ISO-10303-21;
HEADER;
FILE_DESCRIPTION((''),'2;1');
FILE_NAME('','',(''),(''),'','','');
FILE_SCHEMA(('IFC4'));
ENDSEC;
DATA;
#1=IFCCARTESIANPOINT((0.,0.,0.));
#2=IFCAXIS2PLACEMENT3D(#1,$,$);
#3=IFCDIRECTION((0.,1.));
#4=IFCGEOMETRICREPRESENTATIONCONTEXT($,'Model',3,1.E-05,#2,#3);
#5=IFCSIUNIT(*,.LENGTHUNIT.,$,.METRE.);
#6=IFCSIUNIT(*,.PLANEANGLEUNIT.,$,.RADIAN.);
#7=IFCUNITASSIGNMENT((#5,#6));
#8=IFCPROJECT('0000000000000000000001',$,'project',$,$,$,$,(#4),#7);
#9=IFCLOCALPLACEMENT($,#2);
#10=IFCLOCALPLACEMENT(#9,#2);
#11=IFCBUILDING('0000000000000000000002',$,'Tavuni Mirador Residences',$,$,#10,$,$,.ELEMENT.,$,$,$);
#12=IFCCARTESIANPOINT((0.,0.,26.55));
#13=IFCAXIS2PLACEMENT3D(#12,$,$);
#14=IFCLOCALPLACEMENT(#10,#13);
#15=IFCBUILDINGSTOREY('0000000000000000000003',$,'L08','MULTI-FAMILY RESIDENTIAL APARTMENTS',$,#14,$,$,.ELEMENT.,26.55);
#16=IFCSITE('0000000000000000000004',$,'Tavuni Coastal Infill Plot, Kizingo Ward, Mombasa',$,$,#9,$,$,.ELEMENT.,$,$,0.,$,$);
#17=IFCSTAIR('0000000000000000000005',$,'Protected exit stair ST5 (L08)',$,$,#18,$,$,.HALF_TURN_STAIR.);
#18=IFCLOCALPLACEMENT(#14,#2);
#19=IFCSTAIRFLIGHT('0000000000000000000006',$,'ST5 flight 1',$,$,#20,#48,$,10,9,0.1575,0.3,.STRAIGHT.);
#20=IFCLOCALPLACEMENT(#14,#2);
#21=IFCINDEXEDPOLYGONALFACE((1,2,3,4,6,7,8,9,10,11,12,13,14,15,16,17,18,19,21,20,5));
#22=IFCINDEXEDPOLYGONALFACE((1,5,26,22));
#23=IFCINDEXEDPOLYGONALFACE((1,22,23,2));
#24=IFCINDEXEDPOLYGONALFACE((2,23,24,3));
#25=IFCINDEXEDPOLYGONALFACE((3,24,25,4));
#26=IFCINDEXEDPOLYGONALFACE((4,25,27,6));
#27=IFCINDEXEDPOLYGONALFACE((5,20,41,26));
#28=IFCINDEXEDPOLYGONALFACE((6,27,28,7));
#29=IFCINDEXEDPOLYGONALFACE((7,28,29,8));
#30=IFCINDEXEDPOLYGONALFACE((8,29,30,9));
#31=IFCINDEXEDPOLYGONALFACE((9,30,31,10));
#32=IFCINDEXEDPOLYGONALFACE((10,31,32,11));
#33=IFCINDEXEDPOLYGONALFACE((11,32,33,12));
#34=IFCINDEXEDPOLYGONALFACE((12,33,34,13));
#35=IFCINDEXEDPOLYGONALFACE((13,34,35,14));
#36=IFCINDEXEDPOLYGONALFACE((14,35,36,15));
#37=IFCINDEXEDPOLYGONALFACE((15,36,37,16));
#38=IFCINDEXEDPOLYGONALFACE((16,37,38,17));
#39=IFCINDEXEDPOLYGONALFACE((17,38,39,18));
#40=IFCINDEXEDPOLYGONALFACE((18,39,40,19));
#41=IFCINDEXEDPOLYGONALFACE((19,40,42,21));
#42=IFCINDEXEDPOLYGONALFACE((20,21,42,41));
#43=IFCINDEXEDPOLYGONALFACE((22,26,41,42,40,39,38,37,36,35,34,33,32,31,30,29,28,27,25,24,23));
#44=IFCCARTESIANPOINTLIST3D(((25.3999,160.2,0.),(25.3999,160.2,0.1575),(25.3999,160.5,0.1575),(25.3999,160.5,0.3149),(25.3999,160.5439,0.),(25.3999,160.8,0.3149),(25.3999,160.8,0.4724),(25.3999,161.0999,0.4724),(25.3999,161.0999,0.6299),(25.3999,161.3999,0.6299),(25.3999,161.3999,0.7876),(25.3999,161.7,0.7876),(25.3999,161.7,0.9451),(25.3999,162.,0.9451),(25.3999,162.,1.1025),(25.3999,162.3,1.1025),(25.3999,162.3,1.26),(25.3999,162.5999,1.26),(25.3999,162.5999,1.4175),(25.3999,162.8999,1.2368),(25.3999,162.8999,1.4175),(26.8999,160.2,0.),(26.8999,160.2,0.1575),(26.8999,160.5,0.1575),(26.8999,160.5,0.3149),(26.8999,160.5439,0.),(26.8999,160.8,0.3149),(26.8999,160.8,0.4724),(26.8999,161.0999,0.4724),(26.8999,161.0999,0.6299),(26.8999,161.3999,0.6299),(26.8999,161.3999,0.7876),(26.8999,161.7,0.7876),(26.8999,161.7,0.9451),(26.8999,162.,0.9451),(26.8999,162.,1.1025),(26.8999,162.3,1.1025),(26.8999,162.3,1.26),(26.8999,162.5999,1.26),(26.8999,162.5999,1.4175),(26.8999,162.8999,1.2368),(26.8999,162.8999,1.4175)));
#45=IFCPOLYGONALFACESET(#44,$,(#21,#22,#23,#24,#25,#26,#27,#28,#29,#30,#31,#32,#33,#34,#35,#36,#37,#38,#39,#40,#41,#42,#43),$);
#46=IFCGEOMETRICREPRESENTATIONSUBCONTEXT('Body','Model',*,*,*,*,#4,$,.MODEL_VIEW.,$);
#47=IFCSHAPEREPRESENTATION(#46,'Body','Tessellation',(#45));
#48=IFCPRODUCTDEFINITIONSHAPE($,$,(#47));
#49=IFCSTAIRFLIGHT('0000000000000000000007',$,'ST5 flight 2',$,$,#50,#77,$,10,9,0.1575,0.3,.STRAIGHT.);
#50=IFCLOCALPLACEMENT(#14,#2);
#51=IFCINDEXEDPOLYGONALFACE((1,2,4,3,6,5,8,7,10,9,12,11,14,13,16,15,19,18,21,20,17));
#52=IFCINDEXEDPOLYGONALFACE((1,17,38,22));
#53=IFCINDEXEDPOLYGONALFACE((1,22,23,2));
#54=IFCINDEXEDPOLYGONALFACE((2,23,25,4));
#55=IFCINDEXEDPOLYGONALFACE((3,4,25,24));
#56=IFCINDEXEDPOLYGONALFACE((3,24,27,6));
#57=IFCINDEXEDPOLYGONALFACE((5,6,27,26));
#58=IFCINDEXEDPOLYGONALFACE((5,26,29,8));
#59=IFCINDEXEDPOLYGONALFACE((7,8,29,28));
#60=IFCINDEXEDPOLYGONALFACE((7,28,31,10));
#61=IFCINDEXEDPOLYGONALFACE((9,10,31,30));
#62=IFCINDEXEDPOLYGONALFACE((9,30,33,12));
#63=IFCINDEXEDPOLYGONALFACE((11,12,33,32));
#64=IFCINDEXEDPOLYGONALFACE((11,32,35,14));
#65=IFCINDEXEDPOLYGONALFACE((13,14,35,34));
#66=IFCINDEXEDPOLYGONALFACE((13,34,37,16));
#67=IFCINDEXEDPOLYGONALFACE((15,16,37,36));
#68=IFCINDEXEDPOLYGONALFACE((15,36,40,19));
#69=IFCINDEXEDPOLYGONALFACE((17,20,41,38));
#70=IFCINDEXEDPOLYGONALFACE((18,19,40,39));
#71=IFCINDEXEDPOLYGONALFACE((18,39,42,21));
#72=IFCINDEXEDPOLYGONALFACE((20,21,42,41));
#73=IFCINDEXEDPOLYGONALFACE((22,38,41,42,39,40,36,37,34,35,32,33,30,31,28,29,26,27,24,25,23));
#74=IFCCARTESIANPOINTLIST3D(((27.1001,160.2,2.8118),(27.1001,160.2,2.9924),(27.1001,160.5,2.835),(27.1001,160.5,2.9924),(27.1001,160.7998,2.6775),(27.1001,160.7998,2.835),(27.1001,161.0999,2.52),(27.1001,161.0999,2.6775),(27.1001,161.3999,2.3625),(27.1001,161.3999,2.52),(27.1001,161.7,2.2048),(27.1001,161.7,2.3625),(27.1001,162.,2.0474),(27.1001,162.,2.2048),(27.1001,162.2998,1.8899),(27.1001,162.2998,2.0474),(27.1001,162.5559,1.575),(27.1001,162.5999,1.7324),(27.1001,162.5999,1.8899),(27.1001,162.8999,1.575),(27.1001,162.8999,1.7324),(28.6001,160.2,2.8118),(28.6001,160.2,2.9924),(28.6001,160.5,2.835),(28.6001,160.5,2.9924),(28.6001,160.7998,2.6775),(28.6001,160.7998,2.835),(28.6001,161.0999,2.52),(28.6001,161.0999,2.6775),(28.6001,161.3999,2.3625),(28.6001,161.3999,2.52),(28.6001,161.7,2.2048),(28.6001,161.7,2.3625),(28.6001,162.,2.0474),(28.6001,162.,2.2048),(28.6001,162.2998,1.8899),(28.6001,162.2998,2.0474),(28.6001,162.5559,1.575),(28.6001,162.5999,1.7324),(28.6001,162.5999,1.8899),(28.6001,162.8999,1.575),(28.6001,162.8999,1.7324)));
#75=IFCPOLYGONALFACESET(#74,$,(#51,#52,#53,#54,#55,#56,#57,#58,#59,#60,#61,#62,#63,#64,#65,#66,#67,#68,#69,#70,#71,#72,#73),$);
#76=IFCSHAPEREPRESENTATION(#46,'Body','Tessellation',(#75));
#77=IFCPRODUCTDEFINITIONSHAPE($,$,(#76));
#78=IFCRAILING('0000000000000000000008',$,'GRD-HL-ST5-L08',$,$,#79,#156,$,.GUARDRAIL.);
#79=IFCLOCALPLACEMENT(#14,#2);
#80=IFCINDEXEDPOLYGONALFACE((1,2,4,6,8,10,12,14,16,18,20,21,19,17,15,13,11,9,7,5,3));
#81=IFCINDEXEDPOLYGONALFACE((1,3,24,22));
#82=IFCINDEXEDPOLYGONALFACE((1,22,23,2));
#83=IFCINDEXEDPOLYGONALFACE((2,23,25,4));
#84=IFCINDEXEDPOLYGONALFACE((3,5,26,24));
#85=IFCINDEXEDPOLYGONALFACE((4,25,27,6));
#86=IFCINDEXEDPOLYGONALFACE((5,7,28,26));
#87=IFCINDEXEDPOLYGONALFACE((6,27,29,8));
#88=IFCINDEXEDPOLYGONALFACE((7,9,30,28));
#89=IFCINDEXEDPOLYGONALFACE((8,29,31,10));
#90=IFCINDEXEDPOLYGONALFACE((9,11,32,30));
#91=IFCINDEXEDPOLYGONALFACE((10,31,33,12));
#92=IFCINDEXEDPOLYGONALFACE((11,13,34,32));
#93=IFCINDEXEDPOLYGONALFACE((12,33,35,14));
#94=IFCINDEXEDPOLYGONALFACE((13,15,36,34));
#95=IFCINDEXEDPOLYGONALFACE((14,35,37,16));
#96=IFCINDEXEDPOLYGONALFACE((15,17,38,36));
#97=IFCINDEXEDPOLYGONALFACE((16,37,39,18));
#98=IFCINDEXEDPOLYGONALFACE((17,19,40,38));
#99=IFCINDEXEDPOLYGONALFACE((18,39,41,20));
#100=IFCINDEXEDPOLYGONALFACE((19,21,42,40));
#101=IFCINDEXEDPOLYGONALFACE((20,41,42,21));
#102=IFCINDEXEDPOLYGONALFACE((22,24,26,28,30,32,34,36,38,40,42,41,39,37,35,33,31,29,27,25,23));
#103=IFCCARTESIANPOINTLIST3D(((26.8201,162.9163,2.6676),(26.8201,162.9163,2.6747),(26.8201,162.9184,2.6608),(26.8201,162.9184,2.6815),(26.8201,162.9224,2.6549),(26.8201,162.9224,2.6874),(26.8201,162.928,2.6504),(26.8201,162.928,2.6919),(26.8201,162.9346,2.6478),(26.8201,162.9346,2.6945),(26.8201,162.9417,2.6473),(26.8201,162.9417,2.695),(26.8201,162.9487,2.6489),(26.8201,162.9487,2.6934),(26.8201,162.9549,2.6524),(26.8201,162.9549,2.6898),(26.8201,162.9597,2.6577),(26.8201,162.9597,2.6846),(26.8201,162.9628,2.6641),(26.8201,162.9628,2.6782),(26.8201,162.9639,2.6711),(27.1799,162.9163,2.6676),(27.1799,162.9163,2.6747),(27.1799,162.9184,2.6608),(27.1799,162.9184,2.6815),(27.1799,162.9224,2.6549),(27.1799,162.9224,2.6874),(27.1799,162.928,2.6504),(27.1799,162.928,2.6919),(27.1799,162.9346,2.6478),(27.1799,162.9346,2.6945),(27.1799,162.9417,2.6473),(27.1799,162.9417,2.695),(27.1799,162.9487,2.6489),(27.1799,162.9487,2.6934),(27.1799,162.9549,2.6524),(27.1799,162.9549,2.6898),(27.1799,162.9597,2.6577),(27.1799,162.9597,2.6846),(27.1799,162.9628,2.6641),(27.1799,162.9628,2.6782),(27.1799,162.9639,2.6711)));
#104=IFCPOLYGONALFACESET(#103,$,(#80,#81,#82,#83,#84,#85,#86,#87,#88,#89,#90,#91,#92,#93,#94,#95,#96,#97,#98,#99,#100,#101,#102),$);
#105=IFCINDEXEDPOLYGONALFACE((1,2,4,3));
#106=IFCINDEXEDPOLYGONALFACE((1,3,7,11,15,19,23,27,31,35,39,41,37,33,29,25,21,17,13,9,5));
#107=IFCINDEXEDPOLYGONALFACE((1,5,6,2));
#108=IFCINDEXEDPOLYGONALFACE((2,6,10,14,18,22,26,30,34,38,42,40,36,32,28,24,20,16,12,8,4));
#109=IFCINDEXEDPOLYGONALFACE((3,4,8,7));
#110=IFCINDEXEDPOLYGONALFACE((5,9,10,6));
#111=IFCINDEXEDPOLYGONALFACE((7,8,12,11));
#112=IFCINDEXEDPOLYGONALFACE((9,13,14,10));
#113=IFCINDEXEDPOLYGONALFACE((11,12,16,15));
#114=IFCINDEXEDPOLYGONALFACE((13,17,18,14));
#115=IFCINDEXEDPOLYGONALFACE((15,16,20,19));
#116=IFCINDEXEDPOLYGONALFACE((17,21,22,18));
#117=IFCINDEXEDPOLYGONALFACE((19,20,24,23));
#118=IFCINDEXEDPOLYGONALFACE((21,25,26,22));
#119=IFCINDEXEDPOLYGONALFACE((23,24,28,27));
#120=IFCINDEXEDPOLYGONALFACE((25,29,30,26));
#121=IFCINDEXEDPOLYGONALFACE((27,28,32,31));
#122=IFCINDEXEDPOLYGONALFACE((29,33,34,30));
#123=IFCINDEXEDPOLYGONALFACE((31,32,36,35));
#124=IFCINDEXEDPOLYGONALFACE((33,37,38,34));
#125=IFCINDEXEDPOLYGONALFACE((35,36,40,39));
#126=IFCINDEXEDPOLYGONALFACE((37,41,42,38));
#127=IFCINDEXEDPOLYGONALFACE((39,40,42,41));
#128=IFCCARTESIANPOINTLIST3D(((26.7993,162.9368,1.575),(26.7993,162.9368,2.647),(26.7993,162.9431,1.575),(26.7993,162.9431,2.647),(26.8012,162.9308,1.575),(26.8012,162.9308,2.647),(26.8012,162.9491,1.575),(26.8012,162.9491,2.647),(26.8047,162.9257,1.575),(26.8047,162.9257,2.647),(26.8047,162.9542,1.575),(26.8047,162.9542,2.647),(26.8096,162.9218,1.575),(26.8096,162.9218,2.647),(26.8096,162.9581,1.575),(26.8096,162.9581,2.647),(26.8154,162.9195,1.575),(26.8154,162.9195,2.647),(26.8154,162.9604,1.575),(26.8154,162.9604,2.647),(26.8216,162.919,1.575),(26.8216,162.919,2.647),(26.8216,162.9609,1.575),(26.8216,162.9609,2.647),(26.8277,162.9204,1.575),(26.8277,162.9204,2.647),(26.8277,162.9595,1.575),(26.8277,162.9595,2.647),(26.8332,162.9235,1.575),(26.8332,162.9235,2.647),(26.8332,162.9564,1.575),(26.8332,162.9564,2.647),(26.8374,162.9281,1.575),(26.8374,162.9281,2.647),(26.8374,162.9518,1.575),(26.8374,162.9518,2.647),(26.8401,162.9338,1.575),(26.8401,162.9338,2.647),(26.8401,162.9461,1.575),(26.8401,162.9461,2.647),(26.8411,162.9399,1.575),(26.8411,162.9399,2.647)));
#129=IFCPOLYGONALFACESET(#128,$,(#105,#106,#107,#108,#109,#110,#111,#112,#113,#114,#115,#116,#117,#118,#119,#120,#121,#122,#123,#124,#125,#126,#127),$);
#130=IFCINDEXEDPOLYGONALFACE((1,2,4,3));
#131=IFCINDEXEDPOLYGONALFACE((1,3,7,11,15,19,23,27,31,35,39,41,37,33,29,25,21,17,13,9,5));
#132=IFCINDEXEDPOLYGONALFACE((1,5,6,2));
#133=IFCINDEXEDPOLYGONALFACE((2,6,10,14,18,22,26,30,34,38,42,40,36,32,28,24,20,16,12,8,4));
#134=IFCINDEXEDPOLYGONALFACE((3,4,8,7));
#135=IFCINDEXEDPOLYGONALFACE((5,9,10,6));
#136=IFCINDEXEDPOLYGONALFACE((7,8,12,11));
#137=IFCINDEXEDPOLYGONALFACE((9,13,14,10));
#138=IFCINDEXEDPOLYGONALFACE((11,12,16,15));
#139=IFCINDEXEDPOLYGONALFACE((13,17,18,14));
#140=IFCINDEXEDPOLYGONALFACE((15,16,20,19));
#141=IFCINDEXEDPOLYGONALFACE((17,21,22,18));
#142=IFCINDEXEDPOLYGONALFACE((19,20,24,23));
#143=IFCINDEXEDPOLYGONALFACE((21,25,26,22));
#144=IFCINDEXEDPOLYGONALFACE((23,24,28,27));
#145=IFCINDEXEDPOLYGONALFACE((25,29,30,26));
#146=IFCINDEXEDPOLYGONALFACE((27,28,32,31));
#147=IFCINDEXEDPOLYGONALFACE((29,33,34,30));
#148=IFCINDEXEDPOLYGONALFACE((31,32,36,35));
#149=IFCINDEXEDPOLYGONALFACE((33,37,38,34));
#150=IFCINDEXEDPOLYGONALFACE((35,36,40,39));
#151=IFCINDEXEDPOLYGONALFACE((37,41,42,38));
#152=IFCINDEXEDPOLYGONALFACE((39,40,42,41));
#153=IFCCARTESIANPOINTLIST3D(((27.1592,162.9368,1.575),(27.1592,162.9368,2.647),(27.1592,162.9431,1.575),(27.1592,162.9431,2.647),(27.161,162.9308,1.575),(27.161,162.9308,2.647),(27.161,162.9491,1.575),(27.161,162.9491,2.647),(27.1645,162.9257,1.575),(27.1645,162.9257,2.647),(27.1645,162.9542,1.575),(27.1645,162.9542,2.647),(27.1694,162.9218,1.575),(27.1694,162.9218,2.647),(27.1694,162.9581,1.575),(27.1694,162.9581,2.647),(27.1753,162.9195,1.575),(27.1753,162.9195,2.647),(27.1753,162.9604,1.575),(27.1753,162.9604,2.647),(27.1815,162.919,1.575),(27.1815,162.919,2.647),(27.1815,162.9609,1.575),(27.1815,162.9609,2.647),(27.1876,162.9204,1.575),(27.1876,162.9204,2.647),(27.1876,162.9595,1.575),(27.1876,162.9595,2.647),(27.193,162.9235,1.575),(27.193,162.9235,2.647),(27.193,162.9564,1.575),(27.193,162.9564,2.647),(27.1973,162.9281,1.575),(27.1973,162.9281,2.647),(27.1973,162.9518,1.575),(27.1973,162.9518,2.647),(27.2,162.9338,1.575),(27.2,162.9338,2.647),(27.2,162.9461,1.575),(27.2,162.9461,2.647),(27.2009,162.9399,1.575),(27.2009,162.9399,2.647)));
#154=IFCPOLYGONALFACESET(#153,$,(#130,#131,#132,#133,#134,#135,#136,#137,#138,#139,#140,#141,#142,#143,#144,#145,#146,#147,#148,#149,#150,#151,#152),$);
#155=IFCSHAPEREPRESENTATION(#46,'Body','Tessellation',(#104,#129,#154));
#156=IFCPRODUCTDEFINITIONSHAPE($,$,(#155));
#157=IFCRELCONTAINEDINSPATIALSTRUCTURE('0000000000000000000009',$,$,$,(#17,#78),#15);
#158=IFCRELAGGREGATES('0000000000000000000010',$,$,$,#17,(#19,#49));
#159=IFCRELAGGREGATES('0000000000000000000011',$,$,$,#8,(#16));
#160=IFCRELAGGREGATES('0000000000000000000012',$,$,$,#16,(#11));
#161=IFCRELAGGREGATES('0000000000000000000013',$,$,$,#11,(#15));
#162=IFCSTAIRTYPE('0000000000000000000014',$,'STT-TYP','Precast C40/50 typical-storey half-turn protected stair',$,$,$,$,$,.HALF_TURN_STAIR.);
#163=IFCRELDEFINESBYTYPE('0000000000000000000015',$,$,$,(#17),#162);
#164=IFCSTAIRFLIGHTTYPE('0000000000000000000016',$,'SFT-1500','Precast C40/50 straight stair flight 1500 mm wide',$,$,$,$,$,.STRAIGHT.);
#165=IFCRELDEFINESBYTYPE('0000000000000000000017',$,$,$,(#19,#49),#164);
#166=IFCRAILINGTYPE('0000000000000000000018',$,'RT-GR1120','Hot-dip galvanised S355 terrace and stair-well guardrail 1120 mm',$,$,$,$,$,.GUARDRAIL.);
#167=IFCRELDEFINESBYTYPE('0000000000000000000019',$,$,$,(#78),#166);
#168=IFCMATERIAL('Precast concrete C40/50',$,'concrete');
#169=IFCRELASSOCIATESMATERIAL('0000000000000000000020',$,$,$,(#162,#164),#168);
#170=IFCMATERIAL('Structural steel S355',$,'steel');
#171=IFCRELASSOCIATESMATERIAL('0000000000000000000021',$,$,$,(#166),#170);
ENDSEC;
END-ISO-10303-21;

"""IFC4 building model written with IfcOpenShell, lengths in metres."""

from ifc_helpers import new_model, si_unit, direction, frame, origin, origin_2d, place, context, subcontext, project, spatial, polyline, circle, outline, extrude, material, type_object, element, aggregate, save


model = new_model("IFC4")

# Units and contexts
model_context = context("Model", 3, precision=1e-05, world=origin(), true_north=direction((0.0, 1.0)))
body_context = subcontext(model_context, "Body", "Model", "MODEL_VIEW")
ifc_project = project(units=[si_unit("LENGTHUNIT", "METRE"), si_unit("PLANEANGLEUNIT", "RADIAN")], contexts=[model_context])

# Site, building, storey
site_placement = place(None, origin())
site = spatial("IfcSite", under=ifc_project, at=site_placement, Name="Tavuni Coastal Infill Plot, Kizingo Ward, Mombasa", CompositionType="ELEMENT", RefElevation=0.0)
building_placement = place(site_placement, origin())
building = spatial("IfcBuilding", under=site, at=building_placement, Name="Tavuni Mirador Residences", CompositionType="ELEMENT")
storey_placement = place(building_placement, frame((0.0, 0.0, 26.55)))
storey = spatial("IfcBuildingStorey", under=building, at=storey_placement, Name="L08", Description="MULTI-FAMILY RESIDENTIAL APARTMENTS", CompositionType="ELEMENT", Elevation=26.55)

# Shared definitions
ifc_material_1 = material(Name="Precast concrete C40/50", Category="concrete")

# Shared definitions
ifc_material_2 = material(Name="Structural steel S355", Category="steel")

# Stair, stair flights
stair_type = type_object("IfcStairType", Name="STT-TYP", Description="Precast C40/50 typical-storey half-turn protected stair", PredefinedType="HALF_TURN_STAIR", material=ifc_material_1)
stair_placement = place(storey_placement, origin())
stair = element("IfcStair", 1, at=stair_placement, inside=storey, type_object=stair_type, Name="Protected exit stair ST5 (L08)", PredefinedType="HALF_TURN_STAIR")
stair_flight_type = type_object("IfcStairFlightType", Name="SFT-1500", Description="Precast C40/50 straight stair flight 1500 mm wide", PredefinedType="STRAIGHT", material=ifc_material_1)
stair_flight_1_placement = place(storey_placement, frame((26.1499, 160.2, 0.0), z_axis=(0.0, 0.0, 1.0), x_axis=(0.0, 1.0, 0.0)))
stair_flight_1 = element("IfcStairFlight", 2, at=stair_flight_1_placement, type_object=stair_flight_type, Name="ST5 flight 1", NumberOfRisers=10, NumberOfTreads=9, PredefinedType="STRAIGHT", RiserHeight=0.1575, TreadLength=0.3, context=body_context, shape_type="SweptSolid", body=[
    extrude(outline(polyline([(0.0, 0.0), (0.0, 0.1575), (0.3, 0.1575), (0.3, 0.3149), (0.6001, 0.3149), (0.6001, 0.4724), (0.8999, 0.4724), (0.8999, 0.6299), (1.2, 0.6299), (1.2, 0.7876), (1.5, 0.7876), (1.5, 0.9451), (1.8, 0.9451), (1.8, 1.1025), (2.1001, 1.1025), (2.1001, 1.26), (2.3999, 1.26), (2.3999, 1.4175), (2.7, 1.4175), (2.7, 1.575), (2.7, 1.2368), (0.344, 0.0), (0.0, 0.0)])), frame((0.0, 0.75, 0.0), z_axis=(0.0, -1.0, 0.0), x_axis=(1.0, 0.0, 0.0)), (0.0, 0.0, 1.0), 1.5),
])
stair_flight_2_placement = place(storey_placement, frame((27.8501, 162.8999, 1.575), z_axis=(0.0, 0.0, 1.0), x_axis=(0.0, -1.0, 0.0)))
stair_flight_2 = element("IfcStairFlight", 3, at=stair_flight_2_placement, type_object=stair_flight_type, Name="ST5 flight 2", NumberOfRisers=10, NumberOfTreads=9, PredefinedType="STRAIGHT", RiserHeight=0.1575, TreadLength=0.3, context=body_context, shape_type="SweptSolid", body=[
    extrude(outline(polyline([(0.0, 0.0), (0.0, 0.1575), (0.3, 0.1575), (0.3, 0.3149), (0.6001, 0.3149), (0.6001, 0.4724), (0.8999, 0.4724), (0.8999, 0.6299), (1.2, 0.6299), (1.2, 0.7876), (1.5, 0.7876), (1.5, 0.9451), (1.8, 0.9451), (1.8, 1.1025), (2.1001, 1.1025), (2.1001, 1.26), (2.3999, 1.26), (2.3999, 1.4175), (2.7, 1.4175), (2.7, 1.575), (2.7, 1.2368), (0.344, 0.0), (0.0, 0.0)])), frame((0.0, 0.75, 0.0), z_axis=(0.0, -1.0, 0.0), x_axis=(1.0, 0.0, 0.0)), (0.0, 0.0, 1.0), 1.5),
])
aggregate(stair, [stair_flight_1, stair_flight_2])

# Railing
railing_type_1 = type_object("IfcRailingType", Name="RT-GR1120", Description="Hot-dip galvanised S355 terrace and stair-well guardrail 1120 mm", PredefinedType="GUARDRAIL", material=ifc_material_2)
railing_1_placement = place(storey_placement, frame((26.8201, 162.9399, 1.575)))
element("IfcRailing", 4, at=railing_1_placement, inside=storey, type_object=railing_type_1, Name="GRD-HL-ST5-L08", PredefinedType="GUARDRAIL", context=body_context, shape_type="SweptSolid", body=[
    extrude(circle(Radius=0.0239, at=origin_2d()), frame((0.0, 0.0, 1.0962), z_axis=(1.0, 0.0, 0.0), x_axis=(0.0, 1.0, 0.0)), (0.0, 0.0, 1.0), 0.3599),
    extrude(circle(Radius=0.021, at=origin_2d()), origin(), (0.0, 0.0, 1.0), 1.072),
    extrude(circle(Radius=0.021, at=origin_2d()), frame((0.3599, 0.0, 0.0)), (0.0, 0.0, 1.0), 1.072),
])

save(model, "model.ifc")
